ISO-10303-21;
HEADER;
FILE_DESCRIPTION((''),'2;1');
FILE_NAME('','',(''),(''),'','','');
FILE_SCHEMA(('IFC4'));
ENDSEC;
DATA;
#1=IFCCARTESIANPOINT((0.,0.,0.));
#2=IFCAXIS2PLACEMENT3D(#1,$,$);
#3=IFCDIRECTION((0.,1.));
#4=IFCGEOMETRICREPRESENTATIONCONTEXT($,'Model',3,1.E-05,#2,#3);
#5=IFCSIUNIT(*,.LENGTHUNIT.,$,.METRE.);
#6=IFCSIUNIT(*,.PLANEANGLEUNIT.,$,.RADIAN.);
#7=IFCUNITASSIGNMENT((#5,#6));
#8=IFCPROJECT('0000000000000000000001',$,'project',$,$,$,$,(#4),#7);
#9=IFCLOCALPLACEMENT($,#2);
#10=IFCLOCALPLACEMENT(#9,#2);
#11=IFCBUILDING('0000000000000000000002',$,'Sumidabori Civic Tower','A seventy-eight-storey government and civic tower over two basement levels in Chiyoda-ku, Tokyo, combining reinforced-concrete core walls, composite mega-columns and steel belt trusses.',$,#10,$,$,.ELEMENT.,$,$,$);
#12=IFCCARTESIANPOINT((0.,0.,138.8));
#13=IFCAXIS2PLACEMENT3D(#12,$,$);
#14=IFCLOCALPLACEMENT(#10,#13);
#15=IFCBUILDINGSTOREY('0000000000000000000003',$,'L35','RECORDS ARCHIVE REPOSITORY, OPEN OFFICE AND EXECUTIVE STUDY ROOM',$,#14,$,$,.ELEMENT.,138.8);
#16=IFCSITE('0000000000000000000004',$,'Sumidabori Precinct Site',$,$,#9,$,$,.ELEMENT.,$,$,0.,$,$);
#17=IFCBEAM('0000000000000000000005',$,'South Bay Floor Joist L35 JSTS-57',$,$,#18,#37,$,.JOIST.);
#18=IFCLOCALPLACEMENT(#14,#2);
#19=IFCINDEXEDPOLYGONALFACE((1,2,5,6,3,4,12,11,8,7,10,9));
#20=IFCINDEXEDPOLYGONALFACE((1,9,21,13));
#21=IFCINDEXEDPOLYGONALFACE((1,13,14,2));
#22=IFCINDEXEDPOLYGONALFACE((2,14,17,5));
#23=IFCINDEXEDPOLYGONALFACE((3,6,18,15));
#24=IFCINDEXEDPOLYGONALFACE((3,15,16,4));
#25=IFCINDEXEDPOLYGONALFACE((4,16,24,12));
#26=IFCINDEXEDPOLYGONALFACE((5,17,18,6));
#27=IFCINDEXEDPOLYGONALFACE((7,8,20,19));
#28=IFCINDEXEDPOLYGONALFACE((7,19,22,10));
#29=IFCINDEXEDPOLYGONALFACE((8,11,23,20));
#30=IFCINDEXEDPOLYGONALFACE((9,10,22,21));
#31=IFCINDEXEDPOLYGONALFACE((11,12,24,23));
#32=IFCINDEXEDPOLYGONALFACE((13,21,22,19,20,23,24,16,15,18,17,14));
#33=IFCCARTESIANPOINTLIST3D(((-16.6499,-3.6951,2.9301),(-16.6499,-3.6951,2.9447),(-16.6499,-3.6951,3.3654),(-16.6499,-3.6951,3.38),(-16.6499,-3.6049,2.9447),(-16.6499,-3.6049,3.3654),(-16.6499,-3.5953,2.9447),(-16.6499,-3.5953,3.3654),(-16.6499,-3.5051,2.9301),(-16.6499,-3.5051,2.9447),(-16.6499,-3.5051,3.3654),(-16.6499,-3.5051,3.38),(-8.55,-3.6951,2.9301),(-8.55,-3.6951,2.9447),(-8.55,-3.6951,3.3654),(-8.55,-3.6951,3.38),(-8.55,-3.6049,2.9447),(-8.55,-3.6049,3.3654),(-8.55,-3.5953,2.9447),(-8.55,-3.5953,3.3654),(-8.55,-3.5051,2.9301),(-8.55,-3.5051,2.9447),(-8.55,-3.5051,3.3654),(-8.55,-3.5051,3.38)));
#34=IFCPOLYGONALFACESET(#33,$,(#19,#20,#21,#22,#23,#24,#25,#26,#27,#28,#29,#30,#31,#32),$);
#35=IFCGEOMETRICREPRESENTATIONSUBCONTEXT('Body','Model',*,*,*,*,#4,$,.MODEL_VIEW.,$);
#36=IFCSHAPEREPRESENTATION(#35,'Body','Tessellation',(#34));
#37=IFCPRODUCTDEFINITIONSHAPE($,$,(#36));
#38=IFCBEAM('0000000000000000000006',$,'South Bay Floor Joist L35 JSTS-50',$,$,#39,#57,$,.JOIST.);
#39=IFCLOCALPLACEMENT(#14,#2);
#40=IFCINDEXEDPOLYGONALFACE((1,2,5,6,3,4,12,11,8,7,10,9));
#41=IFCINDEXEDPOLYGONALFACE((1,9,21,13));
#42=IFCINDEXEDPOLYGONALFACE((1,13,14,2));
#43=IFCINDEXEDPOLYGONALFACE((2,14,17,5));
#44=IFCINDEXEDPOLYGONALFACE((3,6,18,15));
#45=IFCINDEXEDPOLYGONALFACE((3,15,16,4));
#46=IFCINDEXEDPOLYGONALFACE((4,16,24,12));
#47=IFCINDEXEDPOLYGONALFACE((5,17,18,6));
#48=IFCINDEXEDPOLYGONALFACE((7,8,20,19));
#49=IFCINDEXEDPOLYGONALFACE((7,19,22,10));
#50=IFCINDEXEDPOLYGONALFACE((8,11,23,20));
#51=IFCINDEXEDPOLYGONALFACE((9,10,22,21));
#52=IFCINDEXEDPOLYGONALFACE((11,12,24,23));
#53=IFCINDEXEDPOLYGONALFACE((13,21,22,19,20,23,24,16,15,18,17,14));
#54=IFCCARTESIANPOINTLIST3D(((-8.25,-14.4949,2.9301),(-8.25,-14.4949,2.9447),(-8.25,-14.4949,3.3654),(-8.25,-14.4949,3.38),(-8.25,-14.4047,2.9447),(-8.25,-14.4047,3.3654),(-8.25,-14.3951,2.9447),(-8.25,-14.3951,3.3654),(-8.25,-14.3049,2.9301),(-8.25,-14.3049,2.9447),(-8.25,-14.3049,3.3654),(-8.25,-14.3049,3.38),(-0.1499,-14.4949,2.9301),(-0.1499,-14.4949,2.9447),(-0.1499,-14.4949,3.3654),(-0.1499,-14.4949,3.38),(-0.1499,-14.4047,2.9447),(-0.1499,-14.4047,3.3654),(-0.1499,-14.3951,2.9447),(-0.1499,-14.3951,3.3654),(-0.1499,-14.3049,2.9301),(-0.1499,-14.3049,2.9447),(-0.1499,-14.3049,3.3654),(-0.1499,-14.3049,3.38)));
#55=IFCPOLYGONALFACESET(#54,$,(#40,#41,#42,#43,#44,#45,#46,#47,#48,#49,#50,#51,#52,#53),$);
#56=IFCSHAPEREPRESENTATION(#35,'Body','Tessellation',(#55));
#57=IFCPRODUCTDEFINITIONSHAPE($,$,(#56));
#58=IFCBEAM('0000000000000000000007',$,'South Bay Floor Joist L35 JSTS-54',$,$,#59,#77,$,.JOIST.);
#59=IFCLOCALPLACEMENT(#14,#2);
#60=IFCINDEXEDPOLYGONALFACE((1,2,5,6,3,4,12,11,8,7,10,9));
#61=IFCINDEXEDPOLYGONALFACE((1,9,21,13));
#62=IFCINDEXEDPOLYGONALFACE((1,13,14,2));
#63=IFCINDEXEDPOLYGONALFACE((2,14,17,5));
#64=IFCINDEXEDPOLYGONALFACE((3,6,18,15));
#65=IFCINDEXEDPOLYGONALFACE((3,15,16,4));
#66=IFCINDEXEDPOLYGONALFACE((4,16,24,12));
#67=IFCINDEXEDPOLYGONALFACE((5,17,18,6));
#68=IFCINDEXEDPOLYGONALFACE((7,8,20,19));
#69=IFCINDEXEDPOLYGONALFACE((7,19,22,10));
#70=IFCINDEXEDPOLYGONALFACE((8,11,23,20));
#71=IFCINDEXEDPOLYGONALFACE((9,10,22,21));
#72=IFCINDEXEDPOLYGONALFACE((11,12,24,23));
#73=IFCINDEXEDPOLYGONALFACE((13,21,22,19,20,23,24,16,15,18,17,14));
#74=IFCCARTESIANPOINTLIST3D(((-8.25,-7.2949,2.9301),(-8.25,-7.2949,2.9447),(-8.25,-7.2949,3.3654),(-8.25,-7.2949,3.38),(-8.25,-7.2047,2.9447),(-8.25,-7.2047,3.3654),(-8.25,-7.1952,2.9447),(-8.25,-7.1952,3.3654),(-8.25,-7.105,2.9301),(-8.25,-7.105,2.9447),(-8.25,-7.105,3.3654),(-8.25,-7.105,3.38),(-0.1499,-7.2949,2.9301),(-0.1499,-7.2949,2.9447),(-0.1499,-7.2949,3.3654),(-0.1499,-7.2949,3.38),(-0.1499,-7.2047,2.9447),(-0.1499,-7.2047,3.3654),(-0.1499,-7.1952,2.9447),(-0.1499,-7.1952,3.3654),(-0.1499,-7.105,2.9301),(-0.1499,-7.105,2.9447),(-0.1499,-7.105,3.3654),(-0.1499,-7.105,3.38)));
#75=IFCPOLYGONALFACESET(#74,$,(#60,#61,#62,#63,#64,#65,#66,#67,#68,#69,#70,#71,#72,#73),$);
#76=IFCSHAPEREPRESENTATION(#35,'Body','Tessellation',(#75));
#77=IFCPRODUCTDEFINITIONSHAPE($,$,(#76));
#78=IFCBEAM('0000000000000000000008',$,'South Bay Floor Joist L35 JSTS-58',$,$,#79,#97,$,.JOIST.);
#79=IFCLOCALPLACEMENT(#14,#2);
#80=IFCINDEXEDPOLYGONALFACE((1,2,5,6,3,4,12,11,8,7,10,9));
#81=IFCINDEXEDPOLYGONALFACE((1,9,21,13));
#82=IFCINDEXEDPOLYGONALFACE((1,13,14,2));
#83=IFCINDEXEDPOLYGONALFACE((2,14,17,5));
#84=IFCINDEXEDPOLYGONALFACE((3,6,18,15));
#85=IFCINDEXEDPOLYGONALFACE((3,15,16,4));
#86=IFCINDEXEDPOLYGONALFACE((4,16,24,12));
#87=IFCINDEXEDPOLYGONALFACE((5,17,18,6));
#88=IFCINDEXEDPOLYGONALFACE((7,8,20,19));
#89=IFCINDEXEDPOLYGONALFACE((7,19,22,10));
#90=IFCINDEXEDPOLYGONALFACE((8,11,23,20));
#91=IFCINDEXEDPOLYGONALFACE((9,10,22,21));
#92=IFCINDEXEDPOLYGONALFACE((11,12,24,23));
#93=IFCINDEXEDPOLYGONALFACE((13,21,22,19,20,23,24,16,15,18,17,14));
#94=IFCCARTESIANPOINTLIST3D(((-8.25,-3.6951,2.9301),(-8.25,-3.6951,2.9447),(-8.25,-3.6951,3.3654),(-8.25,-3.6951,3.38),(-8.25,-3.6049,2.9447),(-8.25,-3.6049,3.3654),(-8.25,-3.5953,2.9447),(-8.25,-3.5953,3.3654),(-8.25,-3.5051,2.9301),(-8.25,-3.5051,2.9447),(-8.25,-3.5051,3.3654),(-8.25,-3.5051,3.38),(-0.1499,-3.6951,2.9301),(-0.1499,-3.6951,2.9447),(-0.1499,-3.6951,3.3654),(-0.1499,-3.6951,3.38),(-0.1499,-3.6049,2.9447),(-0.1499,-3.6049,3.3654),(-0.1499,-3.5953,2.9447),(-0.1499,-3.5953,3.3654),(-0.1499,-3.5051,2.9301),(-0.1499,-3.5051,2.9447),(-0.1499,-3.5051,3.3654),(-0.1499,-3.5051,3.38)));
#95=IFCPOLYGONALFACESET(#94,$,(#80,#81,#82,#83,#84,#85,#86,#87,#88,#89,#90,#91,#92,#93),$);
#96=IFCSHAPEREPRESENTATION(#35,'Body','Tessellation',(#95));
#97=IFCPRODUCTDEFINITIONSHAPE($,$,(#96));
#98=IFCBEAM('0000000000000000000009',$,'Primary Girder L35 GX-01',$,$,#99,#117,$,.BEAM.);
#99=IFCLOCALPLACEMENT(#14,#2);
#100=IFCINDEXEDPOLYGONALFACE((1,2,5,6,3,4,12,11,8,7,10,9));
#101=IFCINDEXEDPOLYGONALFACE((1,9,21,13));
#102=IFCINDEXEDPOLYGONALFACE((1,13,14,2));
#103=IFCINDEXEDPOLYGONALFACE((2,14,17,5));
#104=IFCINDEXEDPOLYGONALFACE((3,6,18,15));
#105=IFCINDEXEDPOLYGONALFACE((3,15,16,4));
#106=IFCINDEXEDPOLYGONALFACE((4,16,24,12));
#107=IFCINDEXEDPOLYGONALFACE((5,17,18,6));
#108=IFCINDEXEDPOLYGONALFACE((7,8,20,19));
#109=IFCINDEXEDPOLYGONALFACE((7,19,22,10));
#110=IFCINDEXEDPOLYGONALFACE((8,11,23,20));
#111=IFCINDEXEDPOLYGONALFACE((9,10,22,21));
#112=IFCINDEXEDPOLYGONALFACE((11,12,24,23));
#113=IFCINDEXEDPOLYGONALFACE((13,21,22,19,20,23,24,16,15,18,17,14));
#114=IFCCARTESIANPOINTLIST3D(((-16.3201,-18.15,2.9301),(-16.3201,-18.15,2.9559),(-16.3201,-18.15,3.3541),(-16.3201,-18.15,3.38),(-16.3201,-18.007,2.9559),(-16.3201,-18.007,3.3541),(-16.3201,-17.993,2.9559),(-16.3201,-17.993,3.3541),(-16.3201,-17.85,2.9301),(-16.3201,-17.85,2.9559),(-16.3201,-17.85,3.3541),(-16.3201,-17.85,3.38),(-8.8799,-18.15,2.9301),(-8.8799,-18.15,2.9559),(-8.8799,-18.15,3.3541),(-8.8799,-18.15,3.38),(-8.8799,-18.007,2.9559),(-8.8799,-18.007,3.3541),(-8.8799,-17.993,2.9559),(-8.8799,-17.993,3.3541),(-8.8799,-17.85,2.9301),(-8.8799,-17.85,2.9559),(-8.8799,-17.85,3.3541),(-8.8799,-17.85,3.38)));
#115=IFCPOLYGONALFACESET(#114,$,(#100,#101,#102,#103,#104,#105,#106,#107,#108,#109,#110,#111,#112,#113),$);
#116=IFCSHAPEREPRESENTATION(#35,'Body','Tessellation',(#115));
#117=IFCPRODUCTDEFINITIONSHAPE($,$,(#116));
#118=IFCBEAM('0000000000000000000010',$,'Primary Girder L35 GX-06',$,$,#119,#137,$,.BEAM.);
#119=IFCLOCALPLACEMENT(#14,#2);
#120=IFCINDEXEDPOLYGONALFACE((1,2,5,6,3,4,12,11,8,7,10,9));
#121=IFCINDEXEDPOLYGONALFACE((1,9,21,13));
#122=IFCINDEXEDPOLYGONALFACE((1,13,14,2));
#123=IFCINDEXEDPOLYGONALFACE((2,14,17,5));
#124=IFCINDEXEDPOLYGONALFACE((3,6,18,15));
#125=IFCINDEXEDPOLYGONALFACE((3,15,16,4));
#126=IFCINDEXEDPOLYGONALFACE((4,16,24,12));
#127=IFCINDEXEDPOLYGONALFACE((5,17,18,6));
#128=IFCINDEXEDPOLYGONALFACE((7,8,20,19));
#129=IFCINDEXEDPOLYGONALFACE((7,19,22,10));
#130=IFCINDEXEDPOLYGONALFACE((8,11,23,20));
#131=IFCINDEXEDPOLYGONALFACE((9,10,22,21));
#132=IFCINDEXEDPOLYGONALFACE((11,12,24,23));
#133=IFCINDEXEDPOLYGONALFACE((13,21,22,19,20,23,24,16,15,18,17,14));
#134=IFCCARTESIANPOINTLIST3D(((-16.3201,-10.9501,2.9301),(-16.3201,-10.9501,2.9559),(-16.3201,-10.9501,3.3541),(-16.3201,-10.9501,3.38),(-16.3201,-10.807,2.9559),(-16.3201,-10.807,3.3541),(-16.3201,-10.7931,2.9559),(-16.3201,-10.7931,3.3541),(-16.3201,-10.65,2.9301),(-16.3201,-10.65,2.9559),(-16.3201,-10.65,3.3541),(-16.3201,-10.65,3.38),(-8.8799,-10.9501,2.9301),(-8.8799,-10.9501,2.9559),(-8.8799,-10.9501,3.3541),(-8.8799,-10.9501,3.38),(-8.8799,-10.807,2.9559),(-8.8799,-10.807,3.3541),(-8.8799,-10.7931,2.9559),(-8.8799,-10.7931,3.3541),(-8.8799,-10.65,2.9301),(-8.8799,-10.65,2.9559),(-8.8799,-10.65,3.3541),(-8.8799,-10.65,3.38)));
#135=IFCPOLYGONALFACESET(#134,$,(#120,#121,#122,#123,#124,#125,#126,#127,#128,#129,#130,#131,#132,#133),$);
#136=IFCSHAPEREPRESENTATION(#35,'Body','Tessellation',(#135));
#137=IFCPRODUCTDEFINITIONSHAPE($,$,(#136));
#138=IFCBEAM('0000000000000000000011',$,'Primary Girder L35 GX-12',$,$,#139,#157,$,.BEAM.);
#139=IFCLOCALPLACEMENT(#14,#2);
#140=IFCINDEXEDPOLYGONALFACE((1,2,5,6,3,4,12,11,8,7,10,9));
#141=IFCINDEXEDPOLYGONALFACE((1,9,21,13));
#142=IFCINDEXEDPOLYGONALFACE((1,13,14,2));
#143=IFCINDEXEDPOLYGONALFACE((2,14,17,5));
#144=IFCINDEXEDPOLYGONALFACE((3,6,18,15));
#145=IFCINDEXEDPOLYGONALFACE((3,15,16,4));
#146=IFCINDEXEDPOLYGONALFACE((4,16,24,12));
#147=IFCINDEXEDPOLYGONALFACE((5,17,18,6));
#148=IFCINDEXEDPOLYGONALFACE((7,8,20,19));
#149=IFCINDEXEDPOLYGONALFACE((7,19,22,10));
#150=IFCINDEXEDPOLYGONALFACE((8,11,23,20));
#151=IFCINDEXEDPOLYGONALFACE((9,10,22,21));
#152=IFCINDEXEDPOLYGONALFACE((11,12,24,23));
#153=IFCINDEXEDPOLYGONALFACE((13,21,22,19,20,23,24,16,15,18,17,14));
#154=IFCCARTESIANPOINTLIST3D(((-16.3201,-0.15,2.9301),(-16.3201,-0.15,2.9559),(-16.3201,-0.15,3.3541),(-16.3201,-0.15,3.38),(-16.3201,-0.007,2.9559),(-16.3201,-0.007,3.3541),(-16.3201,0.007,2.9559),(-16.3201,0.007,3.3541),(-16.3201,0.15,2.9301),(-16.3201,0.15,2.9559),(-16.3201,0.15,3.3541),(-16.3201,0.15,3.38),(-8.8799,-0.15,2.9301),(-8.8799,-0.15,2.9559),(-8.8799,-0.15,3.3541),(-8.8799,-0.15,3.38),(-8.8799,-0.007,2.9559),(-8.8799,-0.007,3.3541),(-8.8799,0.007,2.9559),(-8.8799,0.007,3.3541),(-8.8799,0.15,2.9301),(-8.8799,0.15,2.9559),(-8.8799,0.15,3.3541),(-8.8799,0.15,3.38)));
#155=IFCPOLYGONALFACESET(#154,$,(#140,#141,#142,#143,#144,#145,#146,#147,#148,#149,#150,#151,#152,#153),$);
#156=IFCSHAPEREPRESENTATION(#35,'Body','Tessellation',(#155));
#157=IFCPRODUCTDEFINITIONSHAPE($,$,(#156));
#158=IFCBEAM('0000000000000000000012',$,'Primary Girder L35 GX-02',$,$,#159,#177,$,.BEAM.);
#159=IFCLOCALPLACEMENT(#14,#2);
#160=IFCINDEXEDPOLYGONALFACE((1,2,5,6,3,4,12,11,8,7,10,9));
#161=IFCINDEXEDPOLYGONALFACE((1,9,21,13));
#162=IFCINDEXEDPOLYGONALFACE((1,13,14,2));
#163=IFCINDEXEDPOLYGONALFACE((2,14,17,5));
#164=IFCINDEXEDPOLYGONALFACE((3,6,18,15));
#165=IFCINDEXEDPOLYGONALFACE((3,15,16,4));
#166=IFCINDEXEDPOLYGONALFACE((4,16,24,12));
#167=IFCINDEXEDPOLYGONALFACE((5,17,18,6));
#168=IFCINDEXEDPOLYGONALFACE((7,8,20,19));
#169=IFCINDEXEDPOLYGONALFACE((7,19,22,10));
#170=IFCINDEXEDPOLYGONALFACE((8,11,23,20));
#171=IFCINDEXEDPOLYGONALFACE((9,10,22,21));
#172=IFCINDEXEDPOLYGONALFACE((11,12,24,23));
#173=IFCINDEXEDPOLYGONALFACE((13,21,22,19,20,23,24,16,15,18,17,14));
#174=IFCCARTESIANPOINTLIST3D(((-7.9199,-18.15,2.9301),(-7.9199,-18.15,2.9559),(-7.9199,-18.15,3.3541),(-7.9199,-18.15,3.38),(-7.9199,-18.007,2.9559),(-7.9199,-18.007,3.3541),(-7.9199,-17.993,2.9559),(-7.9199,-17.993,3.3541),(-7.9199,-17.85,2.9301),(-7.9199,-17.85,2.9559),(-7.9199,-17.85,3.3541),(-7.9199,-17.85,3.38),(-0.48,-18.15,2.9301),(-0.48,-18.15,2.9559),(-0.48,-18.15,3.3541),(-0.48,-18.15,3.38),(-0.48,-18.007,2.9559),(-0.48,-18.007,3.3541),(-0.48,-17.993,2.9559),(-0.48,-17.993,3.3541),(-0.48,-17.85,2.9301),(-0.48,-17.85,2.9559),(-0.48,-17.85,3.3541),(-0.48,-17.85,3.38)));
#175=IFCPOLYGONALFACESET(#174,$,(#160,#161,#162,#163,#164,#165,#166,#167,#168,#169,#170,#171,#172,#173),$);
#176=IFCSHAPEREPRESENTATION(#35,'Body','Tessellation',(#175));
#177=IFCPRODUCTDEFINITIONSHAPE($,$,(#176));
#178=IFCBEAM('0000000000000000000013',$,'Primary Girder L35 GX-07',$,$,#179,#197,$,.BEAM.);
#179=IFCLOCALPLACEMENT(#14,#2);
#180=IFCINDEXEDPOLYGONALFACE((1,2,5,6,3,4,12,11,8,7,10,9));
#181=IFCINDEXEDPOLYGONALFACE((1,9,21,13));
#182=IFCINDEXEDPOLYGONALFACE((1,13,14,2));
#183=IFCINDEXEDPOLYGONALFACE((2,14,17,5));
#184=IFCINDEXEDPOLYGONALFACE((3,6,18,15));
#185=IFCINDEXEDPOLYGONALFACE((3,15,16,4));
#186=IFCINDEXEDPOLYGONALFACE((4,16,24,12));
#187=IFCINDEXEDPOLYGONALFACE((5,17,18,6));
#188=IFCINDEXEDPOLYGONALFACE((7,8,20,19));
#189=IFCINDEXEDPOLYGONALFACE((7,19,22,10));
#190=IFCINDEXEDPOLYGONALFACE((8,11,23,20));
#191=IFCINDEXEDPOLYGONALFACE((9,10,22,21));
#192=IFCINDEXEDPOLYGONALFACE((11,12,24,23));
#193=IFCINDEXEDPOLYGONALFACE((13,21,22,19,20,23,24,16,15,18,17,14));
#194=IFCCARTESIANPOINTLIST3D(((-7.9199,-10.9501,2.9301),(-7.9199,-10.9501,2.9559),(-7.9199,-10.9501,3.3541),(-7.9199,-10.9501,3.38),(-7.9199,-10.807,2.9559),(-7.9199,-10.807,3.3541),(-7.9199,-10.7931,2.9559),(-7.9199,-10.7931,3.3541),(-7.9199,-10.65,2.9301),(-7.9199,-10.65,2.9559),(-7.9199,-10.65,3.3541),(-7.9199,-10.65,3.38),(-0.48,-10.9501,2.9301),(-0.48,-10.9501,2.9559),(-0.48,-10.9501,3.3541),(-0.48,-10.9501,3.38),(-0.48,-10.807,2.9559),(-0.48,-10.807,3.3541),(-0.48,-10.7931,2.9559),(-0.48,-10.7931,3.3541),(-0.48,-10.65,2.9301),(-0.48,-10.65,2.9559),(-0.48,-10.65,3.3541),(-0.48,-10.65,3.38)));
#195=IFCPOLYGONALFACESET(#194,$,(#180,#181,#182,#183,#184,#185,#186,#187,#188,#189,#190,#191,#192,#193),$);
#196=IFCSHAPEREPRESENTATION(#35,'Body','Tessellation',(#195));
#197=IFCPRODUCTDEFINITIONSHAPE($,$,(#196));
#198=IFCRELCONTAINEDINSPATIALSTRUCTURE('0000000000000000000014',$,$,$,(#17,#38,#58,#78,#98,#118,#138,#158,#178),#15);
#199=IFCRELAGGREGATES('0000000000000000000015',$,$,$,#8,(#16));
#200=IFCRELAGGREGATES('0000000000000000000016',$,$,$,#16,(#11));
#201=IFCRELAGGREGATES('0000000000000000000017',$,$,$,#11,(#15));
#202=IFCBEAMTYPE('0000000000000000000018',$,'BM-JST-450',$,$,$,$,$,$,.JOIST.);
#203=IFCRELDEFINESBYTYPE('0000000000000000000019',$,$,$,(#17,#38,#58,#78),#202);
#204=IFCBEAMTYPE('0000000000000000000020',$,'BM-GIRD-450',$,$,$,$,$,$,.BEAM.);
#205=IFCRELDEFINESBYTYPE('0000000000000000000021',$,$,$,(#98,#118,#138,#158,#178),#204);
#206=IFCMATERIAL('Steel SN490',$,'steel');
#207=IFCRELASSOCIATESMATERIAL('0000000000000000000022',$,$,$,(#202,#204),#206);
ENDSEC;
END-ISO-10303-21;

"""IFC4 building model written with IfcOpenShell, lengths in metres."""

from ifc_helpers import new_model, si_unit, direction, frame, origin, origin_2d, place, context, subcontext, project, spatial, i_section, extrude, source, transform, mapped, material, material_profile, profile_set, type_object, element, save


model = new_model("IFC4")

# Units and contexts
model_context = context("Model", 3, precision=1e-05, world=origin(), true_north=direction((0.0, 1.0)))
body_context = subcontext(model_context, "Body", "Model", "MODEL_VIEW")
ifc_project = project(units=[si_unit("LENGTHUNIT", "METRE"), si_unit("PLANEANGLEUNIT", "RADIAN")], contexts=[model_context])

# Site, building, storey
site_placement = place(None, origin())
site = spatial("IfcSite", under=ifc_project, at=site_placement, Name="Sumidabori Precinct Site", CompositionType="ELEMENT", RefElevation=0.0)
building_placement = place(site_placement, origin())
building = spatial("IfcBuilding", under=site, at=building_placement, Name="Sumidabori Civic Tower", Description="A seventy-eight-storey government and civic tower over two basement levels in Chiyoda-ku, Tokyo, combining reinforced-concrete core walls, composite mega-columns and steel belt trusses.", CompositionType="ELEMENT")
storey_placement = place(building_placement, frame((0.0, 0.0, 138.8)))
storey = spatial("IfcBuildingStorey", under=building, at=storey_placement, Name="L35", Description="RECORDS ARCHIVE REPOSITORY, OPEN OFFICE AND EXECUTIVE STUDY ROOM", CompositionType="ELEMENT", Elevation=138.8)

# Beams
ifc_material_1 = material(Name="Steel SN490", Category="steel")
ifc_material_profile_1 = material_profile(ifc_material_1, i_section(OverallWidth=0.1899, OverallDepth=0.45, WebThickness=0.0095, FlangeThickness=0.0146, at=origin_2d()), Name="IPE 450")
ifc_profile_set_1 = profile_set([ifc_material_profile_1], Name="Steel SN490")
beam_type_1 = type_object("IfcBeamType", Name="BM-JST-450", PredefinedType="JOIST", material=ifc_profile_set_1)
shared_shape_1 = source(origin(), body_context, "Body", "SweptSolid", [
    extrude(i_section(OverallWidth=0.1899, OverallDepth=0.45, WebThickness=0.0095, FlangeThickness=0.0146, at=origin_2d()), origin(), (0.0, 0.0, 1.0), 8.0999),
])
beam_placement = place(storey_placement, frame((-16.6499, -3.6001, 3.155), z_axis=(1.0, 0.0, 0.0), x_axis=(0.0, 1.0, 0.0)))
element("IfcBeam", 1, at=beam_placement, inside=storey, type_object=beam_type_1, Name="South Bay Floor Joist L35 JSTS-57", PredefinedType="JOIST", context=body_context, shape_type="MappedRepresentation", body=[
    mapped(shared_shape_1, transform((0.0, 0.0, 0.0), x_axis=(1.0, 0.0, 0.0), y_axis=(0.0, 1.0, 0.0), z_axis=(0.0, 0.0, 1.0), scale=1.0)),
])
shared_shape_2 = source(origin(), body_context, "Body", "SweptSolid", [
    extrude(i_section(OverallWidth=0.1899, OverallDepth=0.45, WebThickness=0.0095, FlangeThickness=0.0146, at=origin_2d()), origin(), (0.0, 0.0, 1.0), 8.1001),
])
for number, where, z_axis, x_axis, name in (
    (2, (-8.25, -14.3999, 3.155), (1.0, 0.0, 0.0), (0.0, 1.0, 0.0), "South Bay Floor Joist L35 JSTS-50"),
    (3, (-8.25, -7.2, 3.155), (1.0, 0.0, 0.0), (0.0, 1.0, 0.0), "South Bay Floor Joist L35 JSTS-54"),
    (4, (-8.25, -3.6001, 3.155), (1.0, 0.0, 0.0), (0.0, 1.0, 0.0), "South Bay Floor Joist L35 JSTS-58"),
):
    element("IfcBeam", number, at=place(storey_placement, frame(where, z_axis=z_axis, x_axis=x_axis)), inside=storey, type_object=beam_type_1, Name=name, PredefinedType="JOIST", context=body_context, shape_type="MappedRepresentation", body=[
        mapped(shared_shape_2, transform((0.0, 0.0, 0.0), x_axis=(1.0, 0.0, 0.0), y_axis=(0.0, 1.0, 0.0), z_axis=(0.0, 0.0, 1.0), scale=1.0)),
    ])
ifc_material_profile_2 = material_profile(ifc_material_1, i_section(OverallWidth=0.3, OverallDepth=0.45, WebThickness=0.0139, FlangeThickness=0.0259, at=origin_2d()), Name="HE 450 B")
ifc_profile_set_2 = profile_set([ifc_material_profile_2], Name="Steel SN490")
beam_type_2 = type_object("IfcBeamType", Name="BM-GIRD-450", PredefinedType="BEAM", material=ifc_profile_set_2)
shared_shape_3 = source(origin(), body_context, "Body", "SweptSolid", [
    extrude(i_section(OverallWidth=0.3, OverallDepth=0.45, WebThickness=0.0139, FlangeThickness=0.0259, at=origin_2d()), origin(), (0.0, 0.0, 1.0), 7.4402),
])
for number, where, z_axis, x_axis, name in (
    (5, (-16.3201, -18.0, 3.155), (1.0, 0.0, 0.0), (0.0, 1.0, 0.0), "Primary Girder L35 GX-01"),
    (6, (-16.3201, -10.8, 3.155), (1.0, 0.0, 0.0), (0.0, 1.0, 0.0), "Primary Girder L35 GX-06"),
    (7, (-16.3201, 0.0, 3.155), (1.0, 0.0, 0.0), (0.0, 1.0, 0.0), "Primary Girder L35 GX-12"),
):
    element("IfcBeam", number, at=place(storey_placement, frame(where, z_axis=z_axis, x_axis=x_axis)), inside=storey, type_object=beam_type_2, Name=name, PredefinedType="BEAM", context=body_context, shape_type="MappedRepresentation", body=[
        mapped(shared_shape_3, transform((0.0, 0.0, 0.0), x_axis=(1.0, 0.0, 0.0), y_axis=(0.0, 1.0, 0.0), z_axis=(0.0, 0.0, 1.0), scale=1.0)),
    ])
shared_shape_4 = source(origin(), body_context, "Body", "SweptSolid", [
    extrude(i_section(OverallWidth=0.3, OverallDepth=0.45, WebThickness=0.0139, FlangeThickness=0.0259, at=origin_2d()), origin(), (0.0, 0.0, 1.0), 7.4399),
])
for number, where, z_axis, x_axis, name in (
    (8, (-7.9199, -18.0, 3.155), (1.0, 0.0, 0.0), (0.0, 1.0, 0.0), "Primary Girder L35 GX-02"),
    (9, (-7.9199, -10.8, 3.155), (1.0, 0.0, 0.0), (0.0, 1.0, 0.0), "Primary Girder L35 GX-07"),
):
    element("IfcBeam", number, at=place(storey_placement, frame(where, z_axis=z_axis, x_axis=x_axis)), inside=storey, type_object=beam_type_2, Name=name, PredefinedType="BEAM", context=body_context, shape_type="MappedRepresentation", body=[
        mapped(shared_shape_4, transform((0.0, 0.0, 0.0), x_axis=(1.0, 0.0, 0.0), y_axis=(0.0, 1.0, 0.0), z_axis=(0.0, 0.0, 1.0), scale=1.0)),
    ])

save(model, "model.ifc")
